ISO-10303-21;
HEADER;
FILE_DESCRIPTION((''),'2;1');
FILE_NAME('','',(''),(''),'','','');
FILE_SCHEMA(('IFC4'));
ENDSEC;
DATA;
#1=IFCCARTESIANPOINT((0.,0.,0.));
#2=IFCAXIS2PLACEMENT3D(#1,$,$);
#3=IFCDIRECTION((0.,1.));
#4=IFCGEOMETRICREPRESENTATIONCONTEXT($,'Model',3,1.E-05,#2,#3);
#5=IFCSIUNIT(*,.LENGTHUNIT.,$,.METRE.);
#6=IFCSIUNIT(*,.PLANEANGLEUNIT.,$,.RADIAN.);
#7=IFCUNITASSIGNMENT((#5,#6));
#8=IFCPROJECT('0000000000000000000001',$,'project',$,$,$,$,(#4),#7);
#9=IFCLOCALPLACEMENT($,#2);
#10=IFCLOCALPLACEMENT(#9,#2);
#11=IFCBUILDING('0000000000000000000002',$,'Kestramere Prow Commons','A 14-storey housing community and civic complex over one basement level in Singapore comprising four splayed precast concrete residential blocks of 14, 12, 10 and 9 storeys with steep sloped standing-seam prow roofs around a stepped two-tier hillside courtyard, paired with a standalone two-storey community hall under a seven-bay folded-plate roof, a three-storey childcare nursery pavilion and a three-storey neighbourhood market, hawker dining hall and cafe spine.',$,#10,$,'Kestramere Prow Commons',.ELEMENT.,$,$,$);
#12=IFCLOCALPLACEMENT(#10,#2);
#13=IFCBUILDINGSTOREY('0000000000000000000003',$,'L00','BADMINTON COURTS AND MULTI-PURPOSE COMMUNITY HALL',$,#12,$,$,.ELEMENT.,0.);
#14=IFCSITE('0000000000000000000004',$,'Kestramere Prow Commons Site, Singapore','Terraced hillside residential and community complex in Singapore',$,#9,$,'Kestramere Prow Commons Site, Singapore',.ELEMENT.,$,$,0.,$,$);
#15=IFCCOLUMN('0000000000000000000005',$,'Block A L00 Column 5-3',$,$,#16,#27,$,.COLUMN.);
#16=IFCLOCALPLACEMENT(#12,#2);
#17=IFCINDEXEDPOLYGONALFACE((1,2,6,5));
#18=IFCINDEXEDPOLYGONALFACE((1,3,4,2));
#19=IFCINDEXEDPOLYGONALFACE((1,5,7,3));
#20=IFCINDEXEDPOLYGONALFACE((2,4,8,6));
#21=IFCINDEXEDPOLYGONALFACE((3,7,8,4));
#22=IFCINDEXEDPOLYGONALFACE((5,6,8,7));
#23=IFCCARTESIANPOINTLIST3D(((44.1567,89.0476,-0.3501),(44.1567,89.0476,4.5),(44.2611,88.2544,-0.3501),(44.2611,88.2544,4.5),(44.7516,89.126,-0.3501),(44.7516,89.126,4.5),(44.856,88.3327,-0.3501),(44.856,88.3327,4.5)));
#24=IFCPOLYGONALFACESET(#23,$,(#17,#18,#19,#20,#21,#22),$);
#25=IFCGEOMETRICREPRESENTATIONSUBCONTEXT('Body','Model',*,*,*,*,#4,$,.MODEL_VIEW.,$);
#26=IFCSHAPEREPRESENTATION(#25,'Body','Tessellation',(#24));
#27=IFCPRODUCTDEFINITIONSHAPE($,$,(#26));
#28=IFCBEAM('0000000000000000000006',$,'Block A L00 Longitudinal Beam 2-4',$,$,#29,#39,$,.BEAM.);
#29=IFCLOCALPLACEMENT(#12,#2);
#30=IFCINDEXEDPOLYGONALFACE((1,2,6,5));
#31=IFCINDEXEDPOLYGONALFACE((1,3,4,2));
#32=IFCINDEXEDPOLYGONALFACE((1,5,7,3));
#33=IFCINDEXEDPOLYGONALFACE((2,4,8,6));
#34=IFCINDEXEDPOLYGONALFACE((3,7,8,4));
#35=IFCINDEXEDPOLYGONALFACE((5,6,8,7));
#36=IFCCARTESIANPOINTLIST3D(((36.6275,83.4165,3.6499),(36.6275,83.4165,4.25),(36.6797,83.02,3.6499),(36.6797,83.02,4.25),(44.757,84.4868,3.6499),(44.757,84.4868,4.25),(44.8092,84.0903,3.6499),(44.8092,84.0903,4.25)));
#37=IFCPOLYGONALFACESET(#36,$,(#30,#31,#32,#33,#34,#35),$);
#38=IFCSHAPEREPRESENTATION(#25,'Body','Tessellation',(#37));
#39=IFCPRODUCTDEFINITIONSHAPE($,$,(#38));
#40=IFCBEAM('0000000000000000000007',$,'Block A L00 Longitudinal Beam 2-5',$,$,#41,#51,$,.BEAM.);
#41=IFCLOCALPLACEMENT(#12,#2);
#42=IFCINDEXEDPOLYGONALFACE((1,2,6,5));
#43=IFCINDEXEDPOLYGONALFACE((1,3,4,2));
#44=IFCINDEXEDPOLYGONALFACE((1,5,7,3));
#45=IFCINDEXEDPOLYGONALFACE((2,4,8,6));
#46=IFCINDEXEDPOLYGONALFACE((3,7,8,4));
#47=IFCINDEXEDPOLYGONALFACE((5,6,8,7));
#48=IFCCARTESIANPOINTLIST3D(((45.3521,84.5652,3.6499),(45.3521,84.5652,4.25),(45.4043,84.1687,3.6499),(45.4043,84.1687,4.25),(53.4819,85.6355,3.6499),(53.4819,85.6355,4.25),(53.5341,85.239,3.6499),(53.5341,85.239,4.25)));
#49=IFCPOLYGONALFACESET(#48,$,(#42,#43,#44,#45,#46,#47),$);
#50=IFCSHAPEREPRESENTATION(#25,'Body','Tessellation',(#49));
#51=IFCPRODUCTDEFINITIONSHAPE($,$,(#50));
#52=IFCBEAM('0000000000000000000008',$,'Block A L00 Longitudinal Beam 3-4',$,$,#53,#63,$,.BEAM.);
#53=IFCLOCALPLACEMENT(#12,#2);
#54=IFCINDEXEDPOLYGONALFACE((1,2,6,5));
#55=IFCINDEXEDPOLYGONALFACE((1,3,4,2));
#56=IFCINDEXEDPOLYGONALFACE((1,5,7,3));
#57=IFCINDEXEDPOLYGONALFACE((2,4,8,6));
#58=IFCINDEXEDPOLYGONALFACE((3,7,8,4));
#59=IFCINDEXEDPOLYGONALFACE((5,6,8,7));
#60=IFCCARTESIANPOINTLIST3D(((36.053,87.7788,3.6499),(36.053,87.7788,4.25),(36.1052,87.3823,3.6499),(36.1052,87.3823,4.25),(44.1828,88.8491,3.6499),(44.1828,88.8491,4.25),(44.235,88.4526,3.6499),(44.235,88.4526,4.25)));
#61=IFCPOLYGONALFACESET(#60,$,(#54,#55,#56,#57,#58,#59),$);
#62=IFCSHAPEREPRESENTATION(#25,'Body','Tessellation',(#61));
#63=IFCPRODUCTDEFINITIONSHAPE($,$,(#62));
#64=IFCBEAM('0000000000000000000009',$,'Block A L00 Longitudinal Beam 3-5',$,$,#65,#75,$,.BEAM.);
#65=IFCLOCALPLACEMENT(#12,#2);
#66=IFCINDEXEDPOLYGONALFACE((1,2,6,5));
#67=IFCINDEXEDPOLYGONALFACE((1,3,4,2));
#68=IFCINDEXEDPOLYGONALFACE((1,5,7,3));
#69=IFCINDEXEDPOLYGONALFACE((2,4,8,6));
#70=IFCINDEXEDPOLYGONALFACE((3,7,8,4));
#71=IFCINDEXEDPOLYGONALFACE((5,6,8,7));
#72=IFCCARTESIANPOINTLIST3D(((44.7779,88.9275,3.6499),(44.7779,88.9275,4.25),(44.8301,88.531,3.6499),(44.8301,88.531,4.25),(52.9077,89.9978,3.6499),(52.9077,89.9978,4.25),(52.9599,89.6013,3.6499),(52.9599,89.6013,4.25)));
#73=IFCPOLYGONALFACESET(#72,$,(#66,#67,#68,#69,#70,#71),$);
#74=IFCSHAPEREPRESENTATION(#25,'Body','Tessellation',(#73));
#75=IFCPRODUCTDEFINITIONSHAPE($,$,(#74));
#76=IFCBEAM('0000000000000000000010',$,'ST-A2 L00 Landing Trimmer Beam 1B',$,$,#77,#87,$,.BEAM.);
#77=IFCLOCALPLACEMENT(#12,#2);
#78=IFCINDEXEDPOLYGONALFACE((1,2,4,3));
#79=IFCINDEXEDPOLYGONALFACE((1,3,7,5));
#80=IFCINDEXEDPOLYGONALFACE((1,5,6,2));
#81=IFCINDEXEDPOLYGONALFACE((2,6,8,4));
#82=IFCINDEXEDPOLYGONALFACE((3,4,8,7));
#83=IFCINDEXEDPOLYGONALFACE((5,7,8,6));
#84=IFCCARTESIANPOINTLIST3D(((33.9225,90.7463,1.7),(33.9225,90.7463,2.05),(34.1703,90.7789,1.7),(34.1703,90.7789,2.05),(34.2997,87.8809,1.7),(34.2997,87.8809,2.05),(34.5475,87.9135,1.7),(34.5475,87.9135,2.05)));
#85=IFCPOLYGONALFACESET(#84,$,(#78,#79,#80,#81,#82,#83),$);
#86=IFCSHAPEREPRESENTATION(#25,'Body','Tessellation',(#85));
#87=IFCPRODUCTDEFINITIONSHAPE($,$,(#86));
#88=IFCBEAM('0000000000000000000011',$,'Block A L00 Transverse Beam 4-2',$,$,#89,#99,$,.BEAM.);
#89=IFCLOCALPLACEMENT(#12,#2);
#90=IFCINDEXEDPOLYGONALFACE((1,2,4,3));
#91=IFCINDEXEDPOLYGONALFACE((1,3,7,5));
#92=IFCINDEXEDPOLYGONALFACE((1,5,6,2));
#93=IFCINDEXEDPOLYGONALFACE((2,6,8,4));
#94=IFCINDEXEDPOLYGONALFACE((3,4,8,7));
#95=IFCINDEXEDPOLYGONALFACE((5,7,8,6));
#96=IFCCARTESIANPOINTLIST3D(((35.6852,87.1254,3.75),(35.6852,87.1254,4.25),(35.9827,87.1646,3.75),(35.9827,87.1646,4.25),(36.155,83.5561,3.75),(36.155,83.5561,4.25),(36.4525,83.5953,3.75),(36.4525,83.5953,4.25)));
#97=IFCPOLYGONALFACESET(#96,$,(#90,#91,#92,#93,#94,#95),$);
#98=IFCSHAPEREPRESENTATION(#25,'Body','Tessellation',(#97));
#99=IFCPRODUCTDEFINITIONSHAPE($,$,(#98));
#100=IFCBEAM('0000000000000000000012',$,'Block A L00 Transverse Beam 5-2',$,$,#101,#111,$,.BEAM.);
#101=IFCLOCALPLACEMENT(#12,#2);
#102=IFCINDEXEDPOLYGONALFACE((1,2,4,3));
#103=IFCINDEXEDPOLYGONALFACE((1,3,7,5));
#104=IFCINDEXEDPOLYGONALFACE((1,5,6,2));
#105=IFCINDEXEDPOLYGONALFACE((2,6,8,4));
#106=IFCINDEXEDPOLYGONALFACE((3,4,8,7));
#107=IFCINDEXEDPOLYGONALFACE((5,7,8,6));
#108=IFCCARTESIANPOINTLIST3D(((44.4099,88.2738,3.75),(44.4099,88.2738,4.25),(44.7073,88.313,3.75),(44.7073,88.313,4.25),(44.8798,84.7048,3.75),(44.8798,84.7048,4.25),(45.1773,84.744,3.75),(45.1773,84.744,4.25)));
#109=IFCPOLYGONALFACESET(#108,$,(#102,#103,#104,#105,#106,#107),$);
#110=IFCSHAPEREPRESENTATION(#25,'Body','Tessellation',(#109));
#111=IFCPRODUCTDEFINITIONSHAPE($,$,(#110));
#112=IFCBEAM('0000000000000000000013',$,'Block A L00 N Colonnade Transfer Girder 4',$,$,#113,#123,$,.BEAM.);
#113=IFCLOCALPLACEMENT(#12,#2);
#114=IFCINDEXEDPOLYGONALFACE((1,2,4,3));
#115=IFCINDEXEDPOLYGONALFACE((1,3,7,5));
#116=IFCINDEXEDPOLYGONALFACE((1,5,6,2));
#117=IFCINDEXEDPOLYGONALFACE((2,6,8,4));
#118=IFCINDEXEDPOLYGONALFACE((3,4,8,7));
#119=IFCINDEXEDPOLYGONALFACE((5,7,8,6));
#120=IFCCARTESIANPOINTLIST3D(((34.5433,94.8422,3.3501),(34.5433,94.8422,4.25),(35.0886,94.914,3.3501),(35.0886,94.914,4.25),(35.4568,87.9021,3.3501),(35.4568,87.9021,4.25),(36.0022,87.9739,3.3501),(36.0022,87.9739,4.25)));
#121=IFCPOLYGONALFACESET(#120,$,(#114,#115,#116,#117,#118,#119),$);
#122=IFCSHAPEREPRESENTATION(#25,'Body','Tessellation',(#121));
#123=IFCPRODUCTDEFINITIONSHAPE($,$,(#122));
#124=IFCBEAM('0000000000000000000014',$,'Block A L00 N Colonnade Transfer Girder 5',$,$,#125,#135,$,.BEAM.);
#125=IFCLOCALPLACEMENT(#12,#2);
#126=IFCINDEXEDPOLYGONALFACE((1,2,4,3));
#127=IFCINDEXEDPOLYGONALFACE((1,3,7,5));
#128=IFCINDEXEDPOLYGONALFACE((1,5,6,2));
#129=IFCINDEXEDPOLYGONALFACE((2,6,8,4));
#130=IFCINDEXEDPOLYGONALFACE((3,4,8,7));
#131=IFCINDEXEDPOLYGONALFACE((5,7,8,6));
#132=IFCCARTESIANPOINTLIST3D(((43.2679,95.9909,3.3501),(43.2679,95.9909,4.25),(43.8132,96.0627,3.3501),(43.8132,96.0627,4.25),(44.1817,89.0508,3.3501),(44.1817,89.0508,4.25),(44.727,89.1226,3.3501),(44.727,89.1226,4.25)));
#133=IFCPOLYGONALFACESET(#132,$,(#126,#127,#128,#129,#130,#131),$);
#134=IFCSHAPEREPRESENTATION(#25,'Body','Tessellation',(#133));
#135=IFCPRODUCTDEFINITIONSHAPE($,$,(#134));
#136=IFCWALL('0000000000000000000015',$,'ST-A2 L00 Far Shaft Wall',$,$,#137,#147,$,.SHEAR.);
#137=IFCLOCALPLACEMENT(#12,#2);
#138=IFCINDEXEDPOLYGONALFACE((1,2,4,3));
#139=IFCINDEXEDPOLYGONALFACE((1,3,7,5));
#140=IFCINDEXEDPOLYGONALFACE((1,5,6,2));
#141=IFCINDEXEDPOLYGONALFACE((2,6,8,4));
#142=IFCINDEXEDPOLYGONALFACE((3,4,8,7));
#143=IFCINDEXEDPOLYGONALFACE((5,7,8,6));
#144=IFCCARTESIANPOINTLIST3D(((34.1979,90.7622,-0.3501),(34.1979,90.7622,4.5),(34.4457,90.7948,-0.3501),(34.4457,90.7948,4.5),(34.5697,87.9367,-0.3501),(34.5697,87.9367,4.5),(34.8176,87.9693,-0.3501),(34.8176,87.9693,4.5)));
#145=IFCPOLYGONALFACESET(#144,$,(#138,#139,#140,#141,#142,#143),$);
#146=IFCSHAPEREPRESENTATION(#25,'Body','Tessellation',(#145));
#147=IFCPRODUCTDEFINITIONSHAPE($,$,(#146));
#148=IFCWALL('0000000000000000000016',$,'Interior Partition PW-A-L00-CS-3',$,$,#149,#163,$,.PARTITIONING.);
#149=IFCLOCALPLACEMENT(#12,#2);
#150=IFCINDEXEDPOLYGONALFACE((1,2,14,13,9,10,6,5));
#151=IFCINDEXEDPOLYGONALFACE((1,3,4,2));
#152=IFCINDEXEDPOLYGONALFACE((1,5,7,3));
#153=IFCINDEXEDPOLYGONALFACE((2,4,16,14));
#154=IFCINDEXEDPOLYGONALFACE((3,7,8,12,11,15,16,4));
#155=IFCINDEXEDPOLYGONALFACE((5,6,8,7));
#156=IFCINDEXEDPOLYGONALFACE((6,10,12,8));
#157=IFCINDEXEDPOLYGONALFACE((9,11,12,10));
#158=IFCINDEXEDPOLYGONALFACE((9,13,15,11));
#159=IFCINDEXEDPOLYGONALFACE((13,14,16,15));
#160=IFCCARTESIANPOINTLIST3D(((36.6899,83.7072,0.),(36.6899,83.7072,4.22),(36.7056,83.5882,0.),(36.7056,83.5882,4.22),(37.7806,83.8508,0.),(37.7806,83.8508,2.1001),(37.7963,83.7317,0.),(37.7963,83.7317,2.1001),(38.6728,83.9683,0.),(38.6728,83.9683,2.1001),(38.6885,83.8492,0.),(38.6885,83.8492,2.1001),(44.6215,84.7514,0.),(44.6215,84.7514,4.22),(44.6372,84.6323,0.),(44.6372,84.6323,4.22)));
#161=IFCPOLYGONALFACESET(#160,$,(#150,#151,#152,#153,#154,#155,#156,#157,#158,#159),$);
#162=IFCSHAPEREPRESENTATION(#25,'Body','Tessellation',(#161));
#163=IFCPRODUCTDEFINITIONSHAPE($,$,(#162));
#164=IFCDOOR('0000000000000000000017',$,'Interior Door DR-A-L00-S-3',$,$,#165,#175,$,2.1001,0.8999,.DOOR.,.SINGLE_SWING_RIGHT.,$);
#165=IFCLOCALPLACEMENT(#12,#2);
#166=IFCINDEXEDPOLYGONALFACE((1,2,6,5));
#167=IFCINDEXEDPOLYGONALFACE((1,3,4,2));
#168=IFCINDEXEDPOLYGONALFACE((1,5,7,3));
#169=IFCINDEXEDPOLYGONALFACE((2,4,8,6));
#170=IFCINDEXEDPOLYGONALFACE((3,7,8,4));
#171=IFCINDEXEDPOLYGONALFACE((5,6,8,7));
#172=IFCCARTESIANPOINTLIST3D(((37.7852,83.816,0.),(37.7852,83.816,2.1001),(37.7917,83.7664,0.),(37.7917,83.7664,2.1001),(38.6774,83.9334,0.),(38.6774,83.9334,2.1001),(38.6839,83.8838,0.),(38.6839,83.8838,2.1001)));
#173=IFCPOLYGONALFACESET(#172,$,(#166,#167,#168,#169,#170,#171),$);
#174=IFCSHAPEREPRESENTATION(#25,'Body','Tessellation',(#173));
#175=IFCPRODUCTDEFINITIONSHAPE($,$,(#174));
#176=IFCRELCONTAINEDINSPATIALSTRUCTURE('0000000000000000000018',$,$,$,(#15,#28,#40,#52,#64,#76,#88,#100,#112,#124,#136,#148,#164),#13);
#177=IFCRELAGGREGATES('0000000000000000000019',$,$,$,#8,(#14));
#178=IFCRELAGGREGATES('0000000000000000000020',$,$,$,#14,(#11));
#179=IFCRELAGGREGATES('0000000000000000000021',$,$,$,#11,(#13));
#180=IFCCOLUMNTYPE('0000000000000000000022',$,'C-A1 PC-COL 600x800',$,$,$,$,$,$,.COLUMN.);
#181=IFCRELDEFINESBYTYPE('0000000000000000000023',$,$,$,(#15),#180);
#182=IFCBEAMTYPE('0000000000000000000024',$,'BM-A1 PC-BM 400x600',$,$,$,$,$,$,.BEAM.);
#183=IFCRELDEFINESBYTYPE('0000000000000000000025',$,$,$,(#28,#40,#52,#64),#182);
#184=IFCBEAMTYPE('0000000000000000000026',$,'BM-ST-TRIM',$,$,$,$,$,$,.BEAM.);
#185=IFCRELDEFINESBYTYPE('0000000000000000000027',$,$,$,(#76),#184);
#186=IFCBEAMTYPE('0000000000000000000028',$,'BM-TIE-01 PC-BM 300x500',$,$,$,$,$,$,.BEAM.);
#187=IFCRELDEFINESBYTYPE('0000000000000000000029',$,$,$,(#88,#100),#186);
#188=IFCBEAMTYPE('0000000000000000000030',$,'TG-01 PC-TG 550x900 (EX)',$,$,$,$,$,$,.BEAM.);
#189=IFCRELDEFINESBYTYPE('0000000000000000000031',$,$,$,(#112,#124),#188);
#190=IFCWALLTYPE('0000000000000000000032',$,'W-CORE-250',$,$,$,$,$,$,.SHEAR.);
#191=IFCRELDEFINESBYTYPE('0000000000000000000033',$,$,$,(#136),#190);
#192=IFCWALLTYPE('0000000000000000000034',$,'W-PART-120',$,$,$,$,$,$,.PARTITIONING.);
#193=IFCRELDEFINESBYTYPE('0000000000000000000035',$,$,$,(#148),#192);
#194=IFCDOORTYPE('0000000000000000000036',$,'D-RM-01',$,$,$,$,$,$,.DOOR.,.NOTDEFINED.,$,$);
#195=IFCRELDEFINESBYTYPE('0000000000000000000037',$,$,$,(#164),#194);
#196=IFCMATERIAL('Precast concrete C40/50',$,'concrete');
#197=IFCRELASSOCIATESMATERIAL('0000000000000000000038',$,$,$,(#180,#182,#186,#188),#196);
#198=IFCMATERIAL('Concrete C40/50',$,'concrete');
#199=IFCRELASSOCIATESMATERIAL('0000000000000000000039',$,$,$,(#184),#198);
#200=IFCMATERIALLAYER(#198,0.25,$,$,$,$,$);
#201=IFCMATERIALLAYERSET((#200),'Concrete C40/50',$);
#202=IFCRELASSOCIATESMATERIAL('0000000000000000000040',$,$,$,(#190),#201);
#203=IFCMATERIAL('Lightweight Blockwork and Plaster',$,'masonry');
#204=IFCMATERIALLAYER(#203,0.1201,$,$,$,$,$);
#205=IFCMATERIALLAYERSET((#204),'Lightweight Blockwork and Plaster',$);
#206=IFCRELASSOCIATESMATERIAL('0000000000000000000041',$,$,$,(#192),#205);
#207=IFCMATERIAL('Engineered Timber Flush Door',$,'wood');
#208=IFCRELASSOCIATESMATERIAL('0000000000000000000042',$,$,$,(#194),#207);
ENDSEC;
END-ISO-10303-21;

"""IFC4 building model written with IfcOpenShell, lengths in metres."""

from ifc_helpers import new_model, si_unit, direction, frame, frame_2d, origin, origin_2d, place, context, subcontext, project, spatial, rectangle, extrude, material, layer, layer_set, material_profile, profile_set, type_object, element, fill, save


model = new_model("IFC4")

# Units and contexts
model_context = context("Model", 3, precision=1e-05, world=origin(), true_north=direction((0.0, 1.0)))
body_context = subcontext(model_context, "Body", "Model", "MODEL_VIEW")
ifc_project = project(units=[si_unit("LENGTHUNIT", "METRE"), si_unit("PLANEANGLEUNIT", "RADIAN")], contexts=[model_context])

# Site, building, storey
site_placement = place(None, origin())
site = spatial("IfcSite", under=ifc_project, at=site_placement, Name="Kestramere Prow Commons Site, Singapore", Description="Terraced hillside residential and community complex in Singapore", LongName="Kestramere Prow Commons Site, Singapore", CompositionType="ELEMENT", RefElevation=0.0)
building_placement = place(site_placement, origin())
building = spatial("IfcBuilding", under=site, at=building_placement, Name="Kestramere Prow Commons", Description="A 14-storey housing community and civic complex over one basement level in Singapore comprising four splayed precast concrete residential blocks of 14, 12, 10 and 9 storeys with steep sloped standing-seam prow roofs around a stepped two-tier hillside courtyard, paired with a standalone two-storey community hall under a seven-bay folded-plate roof, a three-storey childcare nursery pavilion and a three-storey neighbourhood market, hawker dining hall and cafe spine.", LongName="Kestramere Prow Commons", CompositionType="ELEMENT")
storey_placement = place(building_placement, origin())
storey = spatial("IfcBuildingStorey", under=building, at=storey_placement, Name="L00", Description="BADMINTON COURTS AND MULTI-PURPOSE COMMUNITY HALL", CompositionType="ELEMENT", Elevation=0.0)

# Column
ifc_material_1 = material(Name="Precast concrete C40/50", Category="concrete")
ifc_material_profile_1 = material_profile(ifc_material_1, rectangle(XDim=0.6001, YDim=0.8, at=origin_2d()), Name="PC-COL 600x800")
ifc_profile_set_1 = profile_set([ifc_material_profile_1], Name="Precast concrete C40/50")
column_type = type_object("IfcColumnType", Name="C-A1 PC-COL 600x800", PredefinedType="COLUMN", material=ifc_profile_set_1)
for number, where, z_axis, x_axis, name in (
    (1, (44.5063, 88.6902, -0.3501), (0.0, 0.0, 1.0), (0.991445, 0.130526, 0.0), "Block A L00 Column 5-3"),
):
    element("IfcColumn", number, at=place(storey_placement, frame(where, z_axis=z_axis, x_axis=x_axis)), inside=storey, type_object=column_type, Name=name, PredefinedType="COLUMN", context=body_context, shape_type="SweptSolid", body=[
        extrude(rectangle(XDim=0.6001, YDim=0.8, at=origin_2d()), origin(), (0.0, 0.0, 1.0), 4.8501),
    ])

# Beams
ifc_material_profile_2 = material_profile(ifc_material_1, rectangle(XDim=0.3999, YDim=0.6001, at=origin_2d()), Name="PC-BM 400x600")
ifc_profile_set_2 = profile_set([ifc_material_profile_2], Name="Precast concrete C40/50")
beam_type_1 = type_object("IfcBeamType", Name="BM-A1 PC-BM 400x600", PredefinedType="BEAM", material=ifc_profile_set_2)
beam_1_placement = place(storey_placement, frame((36.6536, 83.2183, 3.95), z_axis=(0.991444, 0.130529, 0.0), x_axis=(-0.130529, 0.991444, 0.0)))
element("IfcBeam", 2, at=beam_1_placement, inside=storey, type_object=beam_type_1, Name="Block A L00 Longitudinal Beam 2-4", PredefinedType="BEAM", context=body_context, shape_type="SweptSolid", body=[
    extrude(rectangle(XDim=0.3999, YDim=0.6001, at=origin_2d()), origin(), (0.0, 0.0, 1.0), 8.1997),
])
for number, where, z_axis, x_axis, name in (
    (3, (45.3782, 84.3669, 3.95), (0.991445, 0.130525, 0.0), (-0.130525, 0.991445, 0.0), "Block A L00 Longitudinal Beam 2-5"),
    (4, (36.0791, 87.5806, 3.95), (0.991445, 0.130525, 0.0), (-0.130525, 0.991445, 0.0), "Block A L00 Longitudinal Beam 3-4"),
    (5, (44.804, 88.7292, 3.95), (0.991445, 0.130525, 0.0), (-0.130525, 0.991445, 0.0), "Block A L00 Longitudinal Beam 3-5"),
):
    element("IfcBeam", number, at=place(storey_placement, frame(where, z_axis=z_axis, x_axis=x_axis)), inside=storey, type_object=beam_type_1, Name=name, PredefinedType="BEAM", context=body_context, shape_type="SweptSolid", body=[
        extrude(rectangle(XDim=0.3999, YDim=0.6001, at=origin_2d()), origin(), (0.0, 0.0, 1.0), 8.2),
    ])
ifc_material_2 = material(Name="Concrete C40/50", Category="concrete")
ifc_material_profile_3 = material_profile(ifc_material_2, rectangle(XDim=0.25, YDim=0.3501, at=origin_2d()), Name="PC-BM 250x350")
ifc_profile_set_3 = profile_set([ifc_material_profile_3], Name="Concrete C40/50")
beam_type_2 = type_object("IfcBeamType", Name="BM-ST-TRIM", PredefinedType="BEAM", material=ifc_profile_set_3)
beam_2_placement = place(storey_placement, frame((34.4236, 87.8972, 1.875), z_axis=(-0.130509, 0.991447, 0.0), x_axis=(-0.991447, -0.130509, 0.0)))
element("IfcBeam", 6, at=beam_2_placement, inside=storey, type_object=beam_type_2, Name="ST-A2 L00 Landing Trimmer Beam 1B", PredefinedType="BEAM", context=body_context, shape_type="SweptSolid", body=[
    extrude(rectangle(XDim=0.25, YDim=0.3501, at=origin_2d()), origin(), (0.0, 0.0, 1.0), 2.8901),
])
ifc_material_profile_4 = material_profile(ifc_material_1, rectangle(XDim=0.3, YDim=0.5, at=origin_2d()), Name="PC-BM 300x500")
ifc_profile_set_4 = profile_set([ifc_material_profile_4], Name="Precast concrete C40/50")
beam_type_3 = type_object("IfcBeamType", Name="BM-TIE-01 PC-BM 300x500", PredefinedType="BEAM", material=ifc_profile_set_4)
beam_3_placement = place(storey_placement, frame((36.3037, 83.5757, 4.0), z_axis=(-0.130476, 0.991452, 0.0), x_axis=(-0.991452, -0.130476, 0.0)))
element("IfcBeam", 7, at=beam_3_placement, inside=storey, type_object=beam_type_3, Name="Block A L00 Transverse Beam 4-2", PredefinedType="BEAM", context=body_context, shape_type="SweptSolid", body=[
    extrude(rectangle(XDim=0.3, YDim=0.5, at=origin_2d()), origin(), (0.0, 0.0, 1.0), 3.6001),
])
beam_4_placement = place(storey_placement, frame((45.0286, 84.7244, 4.0), z_axis=(-0.130551, 0.991442, 0.0), x_axis=(-0.991442, -0.130551, 0.0)))
element("IfcBeam", 8, at=beam_4_placement, inside=storey, type_object=beam_type_3, Name="Block A L00 Transverse Beam 5-2", PredefinedType="BEAM", context=body_context, shape_type="SweptSolid", body=[
    extrude(rectangle(XDim=0.3, YDim=0.5, at=origin_2d()), origin(), (0.0, 0.0, 1.0), 3.5999),
])
ifc_material_profile_5 = material_profile(ifc_material_1, rectangle(XDim=0.55, YDim=0.8999, at=origin_2d()), Name="PC-TG 550x900")
ifc_profile_set_5 = profile_set([ifc_material_profile_5], Name="Precast concrete C40/50")
beam_type_4 = type_object("IfcBeamType", Name="TG-01 PC-TG 550x900 (EX)", PredefinedType="BEAM", material=ifc_profile_set_5)
for number, where, z_axis, x_axis, name in (
    (9, (35.7295, 87.938, 3.8), (-0.13051, 0.991447, 0.0), (-0.991447, -0.13051, 0.0), "Block A L00 N Colonnade Transfer Girder 4"),
    (10, (44.4543, 89.0867, 3.8), (-0.130544, 0.991443, 0.0), (-0.991443, -0.130544, 0.0), "Block A L00 N Colonnade Transfer Girder 5"),
):
    element("IfcBeam", number, at=place(storey_placement, frame(where, z_axis=z_axis, x_axis=x_axis)), inside=storey, type_object=beam_type_4, Name=name, PredefinedType="BEAM", context=body_context, shape_type="SweptSolid", body=[
        extrude(rectangle(XDim=0.55, YDim=0.8999, at=origin_2d()), origin(), (0.0, 0.0, 1.0), 7.0),
    ])

# Wall
ifc_layer_1 = layer(ifc_material_2, 0.25)
ifc_layer_set_1 = layer_set([ifc_layer_1], Name="Concrete C40/50")
wall_type_1 = type_object("IfcWallType", Name="W-CORE-250", PredefinedType="SHEAR", material=ifc_layer_set_1)
wall_1_placement = place(storey_placement, frame((34.6936, 87.9531, -0.3501), z_axis=(0.0, 0.0, 1.0), x_axis=(-0.130474, 0.991452, 0.0)))
element("IfcWall", 11, at=wall_1_placement, inside=storey, type_object=wall_type_1, Name="ST-A2 L00 Far Shaft Wall", PredefinedType="SHEAR", context=body_context, shape_type="SweptSolid", body=[
    extrude(rectangle(XDim=2.8499, YDim=0.25, at=frame_2d((1.4248, 0.0))), origin(), (0.0, 0.0, 1.0), 4.8501),
])

# Wall, opening, door
ifc_material_3 = material(Name="Lightweight Blockwork and Plaster", Category="masonry")
ifc_layer_2 = layer(ifc_material_3, 0.1201)
ifc_layer_set_2 = layer_set([ifc_layer_2], Name="Lightweight Blockwork and Plaster")
wall_type_2 = type_object("IfcWallType", Name="W-PART-120", PredefinedType="PARTITIONING", material=ifc_layer_set_2)
wall_2_placement = place(storey_placement, frame((36.6978, 83.6477, 0.0), z_axis=(0.0, 0.0, 1.0), x_axis=(0.991445, 0.130522, 0.0)))
wall_2 = element("IfcWall", 12, at=wall_2_placement, inside=storey, type_object=wall_type_2, Name="Interior Partition PW-A-L00-CS-3", PredefinedType="PARTITIONING", context=body_context, shape_type="SweptSolid", body=[
    extrude(rectangle(XDim=8.0, YDim=0.1201, at=frame_2d((4.0, 0.0))), origin(), (0.0, 0.0, 1.0), 4.22),
])
opening_1_placement = place(wall_2_placement, frame((1.1001, 0.0, 0.0)))
opening_1 = element("IfcOpeningElement", 13, at=opening_1_placement, cuts=wall_2, PredefinedType="OPENING", context=body_context, shape_type="SweptSolid", body=[
    extrude(rectangle(XDim=0.8999, YDim=2.1001, at=frame_2d((0.45, 1.05))), frame((0.0, 0.075, 0.0), z_axis=(0.0, -1.0, 0.0), x_axis=(1.0, 0.0, 0.0)), (0.0, 0.0, 1.0), 0.1501),
])
ifc_material_4 = material(Name="Engineered Timber Flush Door", Category="wood")
door_type_1 = type_object("IfcDoorType", Name="D-RM-01", OperationType="NOTDEFINED", PredefinedType="DOOR", material=ifc_material_4)
door_1_placement = place(opening_1_placement, origin())
door_1 = element("IfcDoor", 14, at=door_1_placement, inside=storey, type_object=door_type_1, Name="Interior Door DR-A-L00-S-3", OperationType="SINGLE_SWING_RIGHT", OverallHeight=2.1001, OverallWidth=0.8999, PredefinedType="DOOR", context=body_context, shape_type="SweptSolid", body=[
    extrude(rectangle(XDim=0.8999, YDim=2.1001, at=frame_2d((0.45, 1.05))), frame((0.0, 0.0249, 0.0), z_axis=(0.0, -1.0, 0.0), x_axis=(1.0, 0.0, 0.0)), (0.0, 0.0, 1.0), 0.05),
])
fill(opening_1, door_1)

save(model, "model.ifc")
